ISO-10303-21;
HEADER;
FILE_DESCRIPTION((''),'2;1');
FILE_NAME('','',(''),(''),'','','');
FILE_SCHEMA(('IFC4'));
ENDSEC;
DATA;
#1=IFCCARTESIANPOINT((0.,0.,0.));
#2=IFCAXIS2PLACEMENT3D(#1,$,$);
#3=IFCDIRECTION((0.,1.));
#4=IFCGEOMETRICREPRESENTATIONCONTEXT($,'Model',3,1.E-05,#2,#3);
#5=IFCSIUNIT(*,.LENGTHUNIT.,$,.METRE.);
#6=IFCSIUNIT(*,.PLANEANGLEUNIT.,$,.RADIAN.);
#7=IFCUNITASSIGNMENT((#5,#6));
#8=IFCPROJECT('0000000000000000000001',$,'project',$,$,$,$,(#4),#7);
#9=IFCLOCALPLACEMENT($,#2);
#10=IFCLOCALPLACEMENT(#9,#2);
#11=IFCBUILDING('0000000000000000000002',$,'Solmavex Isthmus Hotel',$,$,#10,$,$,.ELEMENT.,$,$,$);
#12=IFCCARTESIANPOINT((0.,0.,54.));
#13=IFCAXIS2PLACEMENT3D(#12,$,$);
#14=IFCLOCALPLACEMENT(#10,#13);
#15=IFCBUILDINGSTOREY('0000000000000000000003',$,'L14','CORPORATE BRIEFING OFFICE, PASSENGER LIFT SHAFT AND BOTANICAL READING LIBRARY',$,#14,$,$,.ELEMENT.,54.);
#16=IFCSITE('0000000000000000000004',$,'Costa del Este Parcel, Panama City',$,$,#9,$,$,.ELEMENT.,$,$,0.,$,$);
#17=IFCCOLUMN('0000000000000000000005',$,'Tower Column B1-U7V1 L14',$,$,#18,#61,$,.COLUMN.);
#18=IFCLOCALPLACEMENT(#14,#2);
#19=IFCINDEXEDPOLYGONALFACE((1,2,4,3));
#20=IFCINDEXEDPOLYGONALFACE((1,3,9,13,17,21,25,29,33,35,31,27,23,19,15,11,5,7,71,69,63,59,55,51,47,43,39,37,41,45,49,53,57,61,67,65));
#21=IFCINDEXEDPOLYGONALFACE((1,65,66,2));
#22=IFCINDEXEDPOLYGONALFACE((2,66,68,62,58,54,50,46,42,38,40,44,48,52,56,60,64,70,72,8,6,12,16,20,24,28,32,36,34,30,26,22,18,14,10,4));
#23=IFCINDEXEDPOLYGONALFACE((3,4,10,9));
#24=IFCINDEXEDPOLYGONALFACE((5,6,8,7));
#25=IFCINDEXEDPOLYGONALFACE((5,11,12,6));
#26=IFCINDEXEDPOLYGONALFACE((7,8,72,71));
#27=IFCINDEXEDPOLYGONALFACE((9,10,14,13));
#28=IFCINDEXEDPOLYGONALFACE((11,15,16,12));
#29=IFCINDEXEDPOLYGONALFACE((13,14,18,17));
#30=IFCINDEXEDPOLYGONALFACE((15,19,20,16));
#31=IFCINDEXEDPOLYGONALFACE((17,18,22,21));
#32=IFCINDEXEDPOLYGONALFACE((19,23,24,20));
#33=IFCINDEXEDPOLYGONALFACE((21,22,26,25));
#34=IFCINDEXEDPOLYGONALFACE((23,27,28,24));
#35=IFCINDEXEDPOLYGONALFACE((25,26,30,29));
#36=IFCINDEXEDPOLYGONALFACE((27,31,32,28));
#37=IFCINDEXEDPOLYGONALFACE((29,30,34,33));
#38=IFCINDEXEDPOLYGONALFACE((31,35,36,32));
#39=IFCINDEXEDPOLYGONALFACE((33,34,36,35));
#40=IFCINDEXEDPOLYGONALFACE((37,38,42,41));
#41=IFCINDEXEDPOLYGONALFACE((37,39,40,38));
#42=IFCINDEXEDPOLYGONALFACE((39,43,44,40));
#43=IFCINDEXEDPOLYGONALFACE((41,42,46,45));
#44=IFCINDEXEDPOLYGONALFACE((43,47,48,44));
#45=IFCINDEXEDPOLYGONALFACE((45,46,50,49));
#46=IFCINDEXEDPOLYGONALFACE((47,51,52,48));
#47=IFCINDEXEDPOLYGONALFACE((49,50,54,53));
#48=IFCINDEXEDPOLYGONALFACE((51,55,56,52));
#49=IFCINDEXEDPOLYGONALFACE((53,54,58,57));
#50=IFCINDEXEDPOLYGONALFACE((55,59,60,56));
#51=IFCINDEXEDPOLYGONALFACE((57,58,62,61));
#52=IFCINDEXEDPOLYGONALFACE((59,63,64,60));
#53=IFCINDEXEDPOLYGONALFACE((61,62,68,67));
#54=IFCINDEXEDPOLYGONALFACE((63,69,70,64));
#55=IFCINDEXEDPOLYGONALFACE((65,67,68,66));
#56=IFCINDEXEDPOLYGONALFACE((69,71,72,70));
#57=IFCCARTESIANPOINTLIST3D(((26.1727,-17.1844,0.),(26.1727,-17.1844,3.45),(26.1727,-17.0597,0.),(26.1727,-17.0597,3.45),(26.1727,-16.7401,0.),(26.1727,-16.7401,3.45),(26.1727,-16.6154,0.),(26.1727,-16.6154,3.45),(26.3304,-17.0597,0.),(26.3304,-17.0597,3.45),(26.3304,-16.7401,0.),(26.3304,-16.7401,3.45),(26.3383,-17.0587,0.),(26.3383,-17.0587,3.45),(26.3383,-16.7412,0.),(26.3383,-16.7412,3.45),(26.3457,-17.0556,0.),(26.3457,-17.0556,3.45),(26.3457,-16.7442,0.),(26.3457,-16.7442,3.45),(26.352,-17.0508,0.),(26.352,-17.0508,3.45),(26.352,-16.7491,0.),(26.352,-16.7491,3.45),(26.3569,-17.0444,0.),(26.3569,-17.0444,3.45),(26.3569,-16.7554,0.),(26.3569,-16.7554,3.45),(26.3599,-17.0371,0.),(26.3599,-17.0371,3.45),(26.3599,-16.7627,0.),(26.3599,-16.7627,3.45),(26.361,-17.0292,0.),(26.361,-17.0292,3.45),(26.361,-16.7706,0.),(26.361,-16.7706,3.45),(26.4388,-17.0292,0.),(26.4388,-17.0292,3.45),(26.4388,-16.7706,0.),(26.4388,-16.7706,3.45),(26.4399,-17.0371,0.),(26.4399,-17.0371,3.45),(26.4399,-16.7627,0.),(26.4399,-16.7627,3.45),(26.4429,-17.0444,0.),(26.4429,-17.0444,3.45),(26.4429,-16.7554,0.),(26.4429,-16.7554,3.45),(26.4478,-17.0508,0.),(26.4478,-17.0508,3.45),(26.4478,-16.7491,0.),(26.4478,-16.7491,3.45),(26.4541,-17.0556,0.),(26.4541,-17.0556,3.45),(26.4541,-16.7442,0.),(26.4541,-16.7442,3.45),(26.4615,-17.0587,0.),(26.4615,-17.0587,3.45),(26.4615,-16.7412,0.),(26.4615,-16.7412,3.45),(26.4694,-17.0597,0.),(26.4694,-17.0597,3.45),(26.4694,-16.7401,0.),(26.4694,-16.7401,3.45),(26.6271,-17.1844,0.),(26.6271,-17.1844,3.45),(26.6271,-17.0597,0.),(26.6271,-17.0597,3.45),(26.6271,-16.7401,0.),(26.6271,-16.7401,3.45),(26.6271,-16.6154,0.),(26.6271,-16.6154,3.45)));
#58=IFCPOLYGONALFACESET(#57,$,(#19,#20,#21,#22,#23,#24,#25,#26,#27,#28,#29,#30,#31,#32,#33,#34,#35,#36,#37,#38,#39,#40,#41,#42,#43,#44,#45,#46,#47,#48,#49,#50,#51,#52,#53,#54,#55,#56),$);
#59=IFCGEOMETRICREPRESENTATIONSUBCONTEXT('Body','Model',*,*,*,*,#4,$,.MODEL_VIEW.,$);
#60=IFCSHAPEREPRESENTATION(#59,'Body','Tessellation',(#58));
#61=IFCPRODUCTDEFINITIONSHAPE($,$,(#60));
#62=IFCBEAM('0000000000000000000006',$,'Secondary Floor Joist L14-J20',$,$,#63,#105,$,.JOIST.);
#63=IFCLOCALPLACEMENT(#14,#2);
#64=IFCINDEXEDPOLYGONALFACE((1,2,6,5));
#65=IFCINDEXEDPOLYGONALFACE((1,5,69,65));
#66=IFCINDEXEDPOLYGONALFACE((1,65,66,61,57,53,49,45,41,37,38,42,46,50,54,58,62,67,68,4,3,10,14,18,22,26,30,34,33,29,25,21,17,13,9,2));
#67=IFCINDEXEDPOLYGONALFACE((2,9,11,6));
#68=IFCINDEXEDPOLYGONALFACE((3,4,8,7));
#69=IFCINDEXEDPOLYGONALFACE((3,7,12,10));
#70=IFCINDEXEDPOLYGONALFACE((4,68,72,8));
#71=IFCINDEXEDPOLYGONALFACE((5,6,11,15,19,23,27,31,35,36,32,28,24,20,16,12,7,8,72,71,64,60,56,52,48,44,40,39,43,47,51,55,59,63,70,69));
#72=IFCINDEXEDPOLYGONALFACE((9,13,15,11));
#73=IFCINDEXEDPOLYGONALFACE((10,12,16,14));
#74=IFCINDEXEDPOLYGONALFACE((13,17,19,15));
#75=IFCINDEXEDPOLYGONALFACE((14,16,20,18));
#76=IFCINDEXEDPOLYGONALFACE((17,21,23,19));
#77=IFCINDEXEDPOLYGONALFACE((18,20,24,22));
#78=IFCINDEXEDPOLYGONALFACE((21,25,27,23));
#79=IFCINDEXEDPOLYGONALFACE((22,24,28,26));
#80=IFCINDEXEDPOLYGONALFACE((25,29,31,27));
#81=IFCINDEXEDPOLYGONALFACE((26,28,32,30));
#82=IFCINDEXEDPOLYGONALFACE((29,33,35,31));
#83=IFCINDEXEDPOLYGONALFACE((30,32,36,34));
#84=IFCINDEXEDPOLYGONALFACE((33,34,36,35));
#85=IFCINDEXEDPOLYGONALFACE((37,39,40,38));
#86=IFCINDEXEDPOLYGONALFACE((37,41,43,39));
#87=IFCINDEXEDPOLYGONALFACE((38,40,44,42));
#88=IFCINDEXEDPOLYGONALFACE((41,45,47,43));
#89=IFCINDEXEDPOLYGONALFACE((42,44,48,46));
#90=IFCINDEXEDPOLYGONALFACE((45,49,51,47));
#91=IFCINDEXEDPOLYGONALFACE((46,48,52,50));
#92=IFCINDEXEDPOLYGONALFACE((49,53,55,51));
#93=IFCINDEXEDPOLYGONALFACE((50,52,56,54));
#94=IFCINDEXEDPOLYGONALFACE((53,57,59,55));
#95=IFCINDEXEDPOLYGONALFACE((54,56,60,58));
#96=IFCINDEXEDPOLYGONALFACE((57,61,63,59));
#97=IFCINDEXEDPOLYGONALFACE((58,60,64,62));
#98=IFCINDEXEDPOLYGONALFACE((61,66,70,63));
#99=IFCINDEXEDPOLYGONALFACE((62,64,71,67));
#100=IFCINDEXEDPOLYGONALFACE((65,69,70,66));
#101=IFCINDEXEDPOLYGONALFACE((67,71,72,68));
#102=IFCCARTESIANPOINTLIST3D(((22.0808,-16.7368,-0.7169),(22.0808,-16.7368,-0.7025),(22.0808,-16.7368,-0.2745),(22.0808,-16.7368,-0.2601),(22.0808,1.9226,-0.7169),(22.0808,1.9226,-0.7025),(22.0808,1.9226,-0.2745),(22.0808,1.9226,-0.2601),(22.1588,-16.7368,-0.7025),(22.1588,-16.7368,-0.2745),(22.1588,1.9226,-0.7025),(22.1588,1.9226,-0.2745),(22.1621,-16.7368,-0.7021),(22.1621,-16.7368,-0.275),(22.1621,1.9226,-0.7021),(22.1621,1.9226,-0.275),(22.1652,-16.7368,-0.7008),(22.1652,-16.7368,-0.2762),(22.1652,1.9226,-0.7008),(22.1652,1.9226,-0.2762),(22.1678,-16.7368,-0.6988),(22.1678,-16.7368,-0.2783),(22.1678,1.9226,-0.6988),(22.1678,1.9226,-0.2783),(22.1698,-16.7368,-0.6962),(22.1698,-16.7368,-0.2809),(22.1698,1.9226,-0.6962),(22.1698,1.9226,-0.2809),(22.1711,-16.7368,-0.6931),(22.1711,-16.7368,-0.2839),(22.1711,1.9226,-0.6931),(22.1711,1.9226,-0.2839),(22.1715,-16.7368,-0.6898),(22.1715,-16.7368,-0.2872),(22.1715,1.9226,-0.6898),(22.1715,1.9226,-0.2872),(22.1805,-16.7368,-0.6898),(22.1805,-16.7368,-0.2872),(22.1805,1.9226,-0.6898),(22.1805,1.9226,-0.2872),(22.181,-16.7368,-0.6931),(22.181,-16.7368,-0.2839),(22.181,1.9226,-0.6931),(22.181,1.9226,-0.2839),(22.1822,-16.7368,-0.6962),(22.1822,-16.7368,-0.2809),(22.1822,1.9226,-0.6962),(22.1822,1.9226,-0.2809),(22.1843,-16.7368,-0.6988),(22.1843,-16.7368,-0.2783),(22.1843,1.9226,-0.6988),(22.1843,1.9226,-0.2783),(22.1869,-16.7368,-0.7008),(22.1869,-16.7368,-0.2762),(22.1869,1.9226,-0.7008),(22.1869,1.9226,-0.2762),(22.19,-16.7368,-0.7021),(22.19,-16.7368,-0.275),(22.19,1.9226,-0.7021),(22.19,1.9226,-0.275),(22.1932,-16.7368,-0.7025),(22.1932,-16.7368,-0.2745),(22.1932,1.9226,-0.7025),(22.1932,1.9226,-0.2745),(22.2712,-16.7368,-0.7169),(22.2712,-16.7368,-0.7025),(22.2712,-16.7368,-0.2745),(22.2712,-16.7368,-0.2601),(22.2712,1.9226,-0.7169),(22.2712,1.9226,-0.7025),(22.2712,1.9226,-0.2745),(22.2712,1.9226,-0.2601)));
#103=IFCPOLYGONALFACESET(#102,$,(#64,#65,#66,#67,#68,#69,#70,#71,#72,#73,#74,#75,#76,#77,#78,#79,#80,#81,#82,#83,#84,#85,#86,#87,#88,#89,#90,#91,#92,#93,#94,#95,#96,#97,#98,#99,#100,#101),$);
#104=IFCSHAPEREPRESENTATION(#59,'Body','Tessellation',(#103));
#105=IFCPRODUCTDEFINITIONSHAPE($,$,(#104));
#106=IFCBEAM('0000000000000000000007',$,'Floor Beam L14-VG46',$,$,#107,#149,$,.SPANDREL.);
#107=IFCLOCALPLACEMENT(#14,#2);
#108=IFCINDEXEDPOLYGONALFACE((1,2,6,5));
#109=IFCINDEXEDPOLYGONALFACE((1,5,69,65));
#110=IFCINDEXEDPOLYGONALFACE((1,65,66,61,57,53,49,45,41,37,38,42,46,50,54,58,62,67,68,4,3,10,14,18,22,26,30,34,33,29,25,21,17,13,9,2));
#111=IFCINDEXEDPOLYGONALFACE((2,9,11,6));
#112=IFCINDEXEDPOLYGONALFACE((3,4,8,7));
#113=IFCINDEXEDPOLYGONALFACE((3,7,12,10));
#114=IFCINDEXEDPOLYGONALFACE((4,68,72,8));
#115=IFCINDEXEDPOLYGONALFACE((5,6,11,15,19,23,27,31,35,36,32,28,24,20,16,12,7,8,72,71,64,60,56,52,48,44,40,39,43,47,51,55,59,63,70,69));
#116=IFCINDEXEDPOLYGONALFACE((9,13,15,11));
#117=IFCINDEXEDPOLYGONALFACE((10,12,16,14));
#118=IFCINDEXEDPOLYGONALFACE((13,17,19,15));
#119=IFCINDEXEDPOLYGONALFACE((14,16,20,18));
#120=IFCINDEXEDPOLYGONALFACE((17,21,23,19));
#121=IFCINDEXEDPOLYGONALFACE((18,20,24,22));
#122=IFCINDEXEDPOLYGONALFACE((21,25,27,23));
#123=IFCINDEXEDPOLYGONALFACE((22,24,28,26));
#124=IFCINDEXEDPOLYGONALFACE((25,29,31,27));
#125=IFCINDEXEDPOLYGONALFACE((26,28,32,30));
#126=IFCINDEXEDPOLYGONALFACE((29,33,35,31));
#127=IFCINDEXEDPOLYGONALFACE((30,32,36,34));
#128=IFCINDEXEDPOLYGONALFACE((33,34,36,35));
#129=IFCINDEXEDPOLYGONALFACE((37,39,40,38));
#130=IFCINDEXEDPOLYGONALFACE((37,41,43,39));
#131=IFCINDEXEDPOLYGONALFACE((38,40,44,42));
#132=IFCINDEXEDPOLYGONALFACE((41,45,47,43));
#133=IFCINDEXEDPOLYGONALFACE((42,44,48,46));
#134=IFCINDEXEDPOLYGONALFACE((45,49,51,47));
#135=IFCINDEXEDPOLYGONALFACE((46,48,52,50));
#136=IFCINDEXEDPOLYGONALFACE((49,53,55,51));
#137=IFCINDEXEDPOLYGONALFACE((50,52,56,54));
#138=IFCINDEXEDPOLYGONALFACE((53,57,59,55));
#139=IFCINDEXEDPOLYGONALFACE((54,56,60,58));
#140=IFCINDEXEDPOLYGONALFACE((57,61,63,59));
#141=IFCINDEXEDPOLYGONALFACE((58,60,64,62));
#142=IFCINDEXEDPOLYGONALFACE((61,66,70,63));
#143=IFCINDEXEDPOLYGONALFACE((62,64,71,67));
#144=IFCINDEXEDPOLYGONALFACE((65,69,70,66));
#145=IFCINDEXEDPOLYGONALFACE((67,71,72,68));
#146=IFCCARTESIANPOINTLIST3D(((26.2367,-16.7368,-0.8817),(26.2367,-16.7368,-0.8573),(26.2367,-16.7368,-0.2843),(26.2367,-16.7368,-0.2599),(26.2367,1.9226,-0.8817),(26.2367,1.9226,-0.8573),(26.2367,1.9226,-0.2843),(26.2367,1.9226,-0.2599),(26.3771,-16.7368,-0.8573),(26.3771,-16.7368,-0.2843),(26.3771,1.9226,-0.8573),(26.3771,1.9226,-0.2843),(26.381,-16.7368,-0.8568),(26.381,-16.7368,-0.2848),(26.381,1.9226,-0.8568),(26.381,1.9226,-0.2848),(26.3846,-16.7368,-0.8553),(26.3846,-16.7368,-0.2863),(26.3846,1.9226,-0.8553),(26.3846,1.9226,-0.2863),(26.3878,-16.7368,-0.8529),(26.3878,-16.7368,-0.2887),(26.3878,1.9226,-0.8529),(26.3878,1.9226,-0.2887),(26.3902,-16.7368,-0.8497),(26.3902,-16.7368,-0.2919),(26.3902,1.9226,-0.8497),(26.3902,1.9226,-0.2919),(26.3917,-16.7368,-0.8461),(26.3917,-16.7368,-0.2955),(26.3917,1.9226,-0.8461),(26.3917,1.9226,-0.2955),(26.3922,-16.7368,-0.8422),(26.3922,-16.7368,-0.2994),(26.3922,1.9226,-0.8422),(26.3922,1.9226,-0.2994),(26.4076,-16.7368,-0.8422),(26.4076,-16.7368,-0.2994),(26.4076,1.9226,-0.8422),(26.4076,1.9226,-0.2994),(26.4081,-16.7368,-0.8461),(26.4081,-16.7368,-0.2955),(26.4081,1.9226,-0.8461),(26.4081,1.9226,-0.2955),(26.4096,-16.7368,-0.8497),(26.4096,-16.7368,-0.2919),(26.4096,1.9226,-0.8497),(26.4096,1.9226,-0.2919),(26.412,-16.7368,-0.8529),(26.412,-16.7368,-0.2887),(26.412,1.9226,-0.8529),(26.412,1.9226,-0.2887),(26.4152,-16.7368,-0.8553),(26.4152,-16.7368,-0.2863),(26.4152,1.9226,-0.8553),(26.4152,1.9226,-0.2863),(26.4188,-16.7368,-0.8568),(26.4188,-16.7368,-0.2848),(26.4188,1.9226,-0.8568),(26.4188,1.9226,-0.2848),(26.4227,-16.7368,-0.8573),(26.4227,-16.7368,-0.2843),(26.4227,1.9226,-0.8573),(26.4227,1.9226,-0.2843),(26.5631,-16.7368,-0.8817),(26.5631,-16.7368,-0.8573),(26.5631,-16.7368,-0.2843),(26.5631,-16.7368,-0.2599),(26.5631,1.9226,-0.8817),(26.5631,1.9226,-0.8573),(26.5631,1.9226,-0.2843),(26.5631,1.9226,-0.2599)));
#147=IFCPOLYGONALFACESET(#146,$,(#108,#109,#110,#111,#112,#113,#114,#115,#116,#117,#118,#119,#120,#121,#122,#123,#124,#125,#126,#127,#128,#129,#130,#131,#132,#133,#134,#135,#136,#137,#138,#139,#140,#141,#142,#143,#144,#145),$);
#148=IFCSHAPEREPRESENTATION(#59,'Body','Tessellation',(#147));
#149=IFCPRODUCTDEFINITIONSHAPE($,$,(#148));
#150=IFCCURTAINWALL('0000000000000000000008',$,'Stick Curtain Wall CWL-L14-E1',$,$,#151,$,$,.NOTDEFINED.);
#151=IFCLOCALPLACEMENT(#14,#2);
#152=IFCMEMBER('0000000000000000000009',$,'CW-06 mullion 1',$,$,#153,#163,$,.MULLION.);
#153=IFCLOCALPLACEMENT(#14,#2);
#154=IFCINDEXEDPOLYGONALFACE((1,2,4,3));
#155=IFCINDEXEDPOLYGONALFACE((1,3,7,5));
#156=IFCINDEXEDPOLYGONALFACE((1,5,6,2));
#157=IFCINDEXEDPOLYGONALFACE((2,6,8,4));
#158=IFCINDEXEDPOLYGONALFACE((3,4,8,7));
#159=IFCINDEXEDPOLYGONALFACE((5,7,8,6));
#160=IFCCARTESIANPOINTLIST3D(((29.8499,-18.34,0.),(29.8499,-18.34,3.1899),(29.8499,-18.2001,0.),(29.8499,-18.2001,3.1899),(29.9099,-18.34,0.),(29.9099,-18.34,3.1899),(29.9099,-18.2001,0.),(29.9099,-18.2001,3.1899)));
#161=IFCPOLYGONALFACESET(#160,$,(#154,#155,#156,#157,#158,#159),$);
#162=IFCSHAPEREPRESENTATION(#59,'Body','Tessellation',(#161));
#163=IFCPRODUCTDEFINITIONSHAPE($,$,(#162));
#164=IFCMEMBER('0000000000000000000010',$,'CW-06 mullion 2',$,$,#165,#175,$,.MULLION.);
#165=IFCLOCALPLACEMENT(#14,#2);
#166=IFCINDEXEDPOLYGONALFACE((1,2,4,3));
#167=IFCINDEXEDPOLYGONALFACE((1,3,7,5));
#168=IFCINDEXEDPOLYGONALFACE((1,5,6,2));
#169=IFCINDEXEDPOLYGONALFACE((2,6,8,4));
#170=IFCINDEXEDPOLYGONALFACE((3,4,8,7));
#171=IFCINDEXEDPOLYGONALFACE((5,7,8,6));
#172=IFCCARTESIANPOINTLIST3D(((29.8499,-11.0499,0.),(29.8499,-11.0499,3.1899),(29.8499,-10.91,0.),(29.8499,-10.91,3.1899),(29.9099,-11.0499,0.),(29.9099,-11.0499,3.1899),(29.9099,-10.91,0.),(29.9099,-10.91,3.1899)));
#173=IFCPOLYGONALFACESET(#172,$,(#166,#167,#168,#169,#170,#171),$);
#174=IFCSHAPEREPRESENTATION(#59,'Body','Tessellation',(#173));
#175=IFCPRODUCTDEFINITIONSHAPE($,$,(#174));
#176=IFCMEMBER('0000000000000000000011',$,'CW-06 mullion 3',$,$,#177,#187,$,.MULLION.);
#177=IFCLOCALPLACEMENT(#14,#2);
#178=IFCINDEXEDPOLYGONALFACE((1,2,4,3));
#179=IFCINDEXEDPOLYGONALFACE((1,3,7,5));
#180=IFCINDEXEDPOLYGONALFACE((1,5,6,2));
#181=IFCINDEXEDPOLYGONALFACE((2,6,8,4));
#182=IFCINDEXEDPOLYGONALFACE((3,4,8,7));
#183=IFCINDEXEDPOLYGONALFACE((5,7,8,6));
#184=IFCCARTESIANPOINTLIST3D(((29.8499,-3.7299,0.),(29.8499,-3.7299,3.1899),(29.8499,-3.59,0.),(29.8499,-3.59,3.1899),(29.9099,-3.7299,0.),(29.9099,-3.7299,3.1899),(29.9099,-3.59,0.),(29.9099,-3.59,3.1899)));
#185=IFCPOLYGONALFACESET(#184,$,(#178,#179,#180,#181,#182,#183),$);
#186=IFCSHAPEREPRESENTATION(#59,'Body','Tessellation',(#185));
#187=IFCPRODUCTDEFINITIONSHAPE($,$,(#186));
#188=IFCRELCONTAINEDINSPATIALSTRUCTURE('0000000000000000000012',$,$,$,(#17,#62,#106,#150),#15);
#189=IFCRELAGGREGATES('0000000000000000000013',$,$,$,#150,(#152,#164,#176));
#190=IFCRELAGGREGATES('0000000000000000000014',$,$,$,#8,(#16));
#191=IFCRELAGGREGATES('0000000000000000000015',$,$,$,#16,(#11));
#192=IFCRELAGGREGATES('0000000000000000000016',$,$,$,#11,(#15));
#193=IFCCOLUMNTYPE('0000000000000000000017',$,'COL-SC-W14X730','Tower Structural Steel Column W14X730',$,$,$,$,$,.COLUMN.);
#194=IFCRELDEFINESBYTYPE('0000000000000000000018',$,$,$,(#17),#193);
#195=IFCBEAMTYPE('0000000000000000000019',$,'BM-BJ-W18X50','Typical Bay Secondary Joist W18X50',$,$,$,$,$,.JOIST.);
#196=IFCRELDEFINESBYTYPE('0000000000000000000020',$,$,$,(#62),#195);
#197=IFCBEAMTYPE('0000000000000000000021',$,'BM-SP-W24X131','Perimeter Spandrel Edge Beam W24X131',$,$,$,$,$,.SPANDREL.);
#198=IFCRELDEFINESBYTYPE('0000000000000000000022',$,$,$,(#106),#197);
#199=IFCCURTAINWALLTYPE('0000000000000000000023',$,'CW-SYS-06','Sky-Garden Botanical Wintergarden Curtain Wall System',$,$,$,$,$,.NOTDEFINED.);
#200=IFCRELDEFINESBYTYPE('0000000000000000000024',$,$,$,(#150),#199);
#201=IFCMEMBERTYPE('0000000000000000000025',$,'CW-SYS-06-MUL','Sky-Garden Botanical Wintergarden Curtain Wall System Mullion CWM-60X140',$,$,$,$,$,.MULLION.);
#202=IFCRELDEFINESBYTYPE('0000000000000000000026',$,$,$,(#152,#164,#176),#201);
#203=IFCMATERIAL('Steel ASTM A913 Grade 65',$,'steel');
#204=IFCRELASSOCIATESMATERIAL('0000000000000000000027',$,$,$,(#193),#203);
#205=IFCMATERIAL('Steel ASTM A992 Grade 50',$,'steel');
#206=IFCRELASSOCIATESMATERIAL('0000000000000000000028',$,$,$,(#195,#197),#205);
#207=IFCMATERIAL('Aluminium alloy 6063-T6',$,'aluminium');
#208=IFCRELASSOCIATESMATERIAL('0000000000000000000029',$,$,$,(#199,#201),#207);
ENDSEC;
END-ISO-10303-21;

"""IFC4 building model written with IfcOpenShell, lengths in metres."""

from ifc_helpers import new_model, si_unit, direction, frame, origin, origin_2d, place, context, subcontext, project, spatial, rectangle, i_section, extrude, material, material_profile, profile_set, type_object, element, aggregate, save


model = new_model("IFC4")

# Units and contexts
model_context = context("Model", 3, precision=1e-05, world=origin(), true_north=direction((0.0, 1.0)))
body_context = subcontext(model_context, "Body", "Model", "MODEL_VIEW")
ifc_project = project(units=[si_unit("LENGTHUNIT", "METRE"), si_unit("PLANEANGLEUNIT", "RADIAN")], contexts=[model_context])

# Site, building, storey
site_placement = place(None, origin())
site = spatial("IfcSite", under=ifc_project, at=site_placement, Name="Costa del Este Parcel, Panama City", CompositionType="ELEMENT", RefElevation=0.0)
building_placement = place(site_placement, origin())
building = spatial("IfcBuilding", under=site, at=building_placement, Name="Solmavex Isthmus Hotel", CompositionType="ELEMENT")
storey_placement = place(building_placement, frame((0.0, 0.0, 54.0)))
storey = spatial("IfcBuildingStorey", under=building, at=storey_placement, Name="L14", Description="CORPORATE BRIEFING OFFICE, PASSENGER LIFT SHAFT AND BOTANICAL READING LIBRARY", CompositionType="ELEMENT", Elevation=54.0)

# Column
ifc_material_1 = material(Name="Steel ASTM A913 Grade 65", Category="steel")
ifc_material_profile_1 = material_profile(ifc_material_1, i_section(OverallWidth=0.4543, OverallDepth=0.5691, WebThickness=0.0779, FlangeThickness=0.1248, FilletRadius=0.0305, at=origin_2d()), Name="W14X730")
ifc_profile_set_1 = profile_set([ifc_material_profile_1], Name="Steel ASTM A913 Grade 65")
column_type = type_object("IfcColumnType", Name="COL-SC-W14X730", Description="Tower Structural Steel Column W14X730", PredefinedType="COLUMN", material=ifc_profile_set_1)
column_placement = place(storey_placement, frame((26.3999, -16.8999, 0.0), z_axis=(0.0, 0.0, 1.0), x_axis=(1.0, 0.0, 0.0)))
element("IfcColumn", 1, at=column_placement, inside=storey, type_object=column_type, Name="Tower Column B1-U7V1 L14", PredefinedType="COLUMN", context=body_context, shape_type="SweptSolid", body=[
    extrude(i_section(OverallWidth=0.4543, OverallDepth=0.5691, WebThickness=0.0779, FlangeThickness=0.1248, FilletRadius=0.0305, at=origin_2d()), origin(), (0.0, 0.0, 1.0), 3.45),
])

# Beams
ifc_material_2 = material(Name="Steel ASTM A992 Grade 50", Category="steel")
ifc_material_profile_2 = material_profile(ifc_material_2, i_section(OverallWidth=0.1904, OverallDepth=0.4568, WebThickness=0.009, FlangeThickness=0.0144, FilletRadius=0.0127, at=origin_2d()), Name="W18X50")
ifc_profile_set_2 = profile_set([ifc_material_profile_2], Name="Steel ASTM A992 Grade 50")
beam_type_1 = type_object("IfcBeamType", Name="BM-BJ-W18X50", Description="Typical Bay Secondary Joist W18X50", PredefinedType="JOIST", material=ifc_profile_set_2)
beam_1_placement = place(storey_placement, frame((22.176, -16.7368, -0.4885), z_axis=(0.0, 1.0, 0.0), x_axis=(-1.0, 0.0, 0.0)))
element("IfcBeam", 2, at=beam_1_placement, inside=storey, type_object=beam_type_1, Name="Secondary Floor Joist L14-J20", PredefinedType="JOIST", context=body_context, shape_type="SweptSolid", body=[
    extrude(i_section(OverallWidth=0.1904, OverallDepth=0.4568, WebThickness=0.009, FlangeThickness=0.0144, FilletRadius=0.0127, at=origin_2d()), origin(), (0.0, 0.0, 1.0), 18.6594),
])
ifc_material_profile_3 = material_profile(ifc_material_2, i_section(OverallWidth=0.3264, OverallDepth=0.6218, WebThickness=0.0154, FlangeThickness=0.0244, FilletRadius=0.0151, at=origin_2d()), Name="W24X131")
ifc_profile_set_3 = profile_set([ifc_material_profile_3], Name="Steel ASTM A992 Grade 50")
beam_type_2 = type_object("IfcBeamType", Name="BM-SP-W24X131", Description="Perimeter Spandrel Edge Beam W24X131", PredefinedType="SPANDREL", material=ifc_profile_set_3)
beam_2_placement = place(storey_placement, frame((26.3999, -16.7368, -0.5708), z_axis=(0.0, 1.0, 0.0), x_axis=(-1.0, 0.0, 0.0)))
element("IfcBeam", 3, at=beam_2_placement, inside=storey, type_object=beam_type_2, Name="Floor Beam L14-VG46", PredefinedType="SPANDREL", context=body_context, shape_type="SweptSolid", body=[
    extrude(i_section(OverallWidth=0.3264, OverallDepth=0.6218, WebThickness=0.0154, FlangeThickness=0.0244, FilletRadius=0.0151, at=origin_2d()), origin(), (0.0, 0.0, 1.0), 18.6594),
])

# Curtain wall, members
ifc_material_3 = material(Name="Aluminium alloy 6063-T6", Category="aluminium")
curtain_wall_type = type_object("IfcCurtainWallType", Name="CW-SYS-06", Description="Sky-Garden Botanical Wintergarden Curtain Wall System", PredefinedType="NOTDEFINED", material=ifc_material_3)
curtain_wall_placement = place(storey_placement, origin())
curtain_wall = element("IfcCurtainWall", 4, at=curtain_wall_placement, inside=storey, type_object=curtain_wall_type, Name="Stick Curtain Wall CWL-L14-E1", PredefinedType="NOTDEFINED")
ifc_material_profile_4 = material_profile(ifc_material_3, rectangle(XDim=0.0601, YDim=0.1399, at=origin_2d()), Name="CWM-60X140")
ifc_profile_set_4 = profile_set([ifc_material_profile_4], Name="Aluminium alloy 6063-T6")
member_type_1 = type_object("IfcMemberType", Name="CW-SYS-06-MUL", Description="Sky-Garden Botanical Wintergarden Curtain Wall System Mullion CWM-60X140", PredefinedType="MULLION", material=ifc_profile_set_4)
member_1_placement = place(storey_placement, frame((29.8799, -18.27, 0.0), z_axis=(0.0, 0.0, 1.0), x_axis=(-1.0, 0.0, 0.0)))
member_1 = element("IfcMember", 5, at=member_1_placement, type_object=member_type_1, Name="CW-06 mullion 1", PredefinedType="MULLION", context=body_context, shape_type="SweptSolid", body=[
    extrude(rectangle(XDim=0.0601, YDim=0.1399, at=origin_2d()), origin(), (0.0, 0.0, 1.0), 3.1899),
])
member_2_placement = place(storey_placement, frame((29.8799, -10.98, 0.0), z_axis=(0.0, 0.0, 1.0), x_axis=(-1.0, 0.0, 0.0)))
member_2 = element("IfcMember", 6, at=member_2_placement, type_object=member_type_1, Name="CW-06 mullion 2", PredefinedType="MULLION", context=body_context, shape_type="SweptSolid", body=[
    extrude(rectangle(XDim=0.0601, YDim=0.1399, at=origin_2d()), origin(), (0.0, 0.0, 1.0), 3.1899),
])
member_3_placement = place(storey_placement, frame((29.8799, -3.6599, 0.0), z_axis=(0.0, 0.0, 1.0), x_axis=(-1.0, 0.0, 0.0)))
member_3 = element("IfcMember", 7, at=member_3_placement, type_object=member_type_1, Name="CW-06 mullion 3", PredefinedType="MULLION", context=body_context, shape_type="SweptSolid", body=[
    extrude(rectangle(XDim=0.0601, YDim=0.1399, at=origin_2d()), origin(), (0.0, 0.0, 1.0), 3.1899),
])
aggregate(curtain_wall, [member_1, member_2, member_3])

save(model, "model.ifc")
